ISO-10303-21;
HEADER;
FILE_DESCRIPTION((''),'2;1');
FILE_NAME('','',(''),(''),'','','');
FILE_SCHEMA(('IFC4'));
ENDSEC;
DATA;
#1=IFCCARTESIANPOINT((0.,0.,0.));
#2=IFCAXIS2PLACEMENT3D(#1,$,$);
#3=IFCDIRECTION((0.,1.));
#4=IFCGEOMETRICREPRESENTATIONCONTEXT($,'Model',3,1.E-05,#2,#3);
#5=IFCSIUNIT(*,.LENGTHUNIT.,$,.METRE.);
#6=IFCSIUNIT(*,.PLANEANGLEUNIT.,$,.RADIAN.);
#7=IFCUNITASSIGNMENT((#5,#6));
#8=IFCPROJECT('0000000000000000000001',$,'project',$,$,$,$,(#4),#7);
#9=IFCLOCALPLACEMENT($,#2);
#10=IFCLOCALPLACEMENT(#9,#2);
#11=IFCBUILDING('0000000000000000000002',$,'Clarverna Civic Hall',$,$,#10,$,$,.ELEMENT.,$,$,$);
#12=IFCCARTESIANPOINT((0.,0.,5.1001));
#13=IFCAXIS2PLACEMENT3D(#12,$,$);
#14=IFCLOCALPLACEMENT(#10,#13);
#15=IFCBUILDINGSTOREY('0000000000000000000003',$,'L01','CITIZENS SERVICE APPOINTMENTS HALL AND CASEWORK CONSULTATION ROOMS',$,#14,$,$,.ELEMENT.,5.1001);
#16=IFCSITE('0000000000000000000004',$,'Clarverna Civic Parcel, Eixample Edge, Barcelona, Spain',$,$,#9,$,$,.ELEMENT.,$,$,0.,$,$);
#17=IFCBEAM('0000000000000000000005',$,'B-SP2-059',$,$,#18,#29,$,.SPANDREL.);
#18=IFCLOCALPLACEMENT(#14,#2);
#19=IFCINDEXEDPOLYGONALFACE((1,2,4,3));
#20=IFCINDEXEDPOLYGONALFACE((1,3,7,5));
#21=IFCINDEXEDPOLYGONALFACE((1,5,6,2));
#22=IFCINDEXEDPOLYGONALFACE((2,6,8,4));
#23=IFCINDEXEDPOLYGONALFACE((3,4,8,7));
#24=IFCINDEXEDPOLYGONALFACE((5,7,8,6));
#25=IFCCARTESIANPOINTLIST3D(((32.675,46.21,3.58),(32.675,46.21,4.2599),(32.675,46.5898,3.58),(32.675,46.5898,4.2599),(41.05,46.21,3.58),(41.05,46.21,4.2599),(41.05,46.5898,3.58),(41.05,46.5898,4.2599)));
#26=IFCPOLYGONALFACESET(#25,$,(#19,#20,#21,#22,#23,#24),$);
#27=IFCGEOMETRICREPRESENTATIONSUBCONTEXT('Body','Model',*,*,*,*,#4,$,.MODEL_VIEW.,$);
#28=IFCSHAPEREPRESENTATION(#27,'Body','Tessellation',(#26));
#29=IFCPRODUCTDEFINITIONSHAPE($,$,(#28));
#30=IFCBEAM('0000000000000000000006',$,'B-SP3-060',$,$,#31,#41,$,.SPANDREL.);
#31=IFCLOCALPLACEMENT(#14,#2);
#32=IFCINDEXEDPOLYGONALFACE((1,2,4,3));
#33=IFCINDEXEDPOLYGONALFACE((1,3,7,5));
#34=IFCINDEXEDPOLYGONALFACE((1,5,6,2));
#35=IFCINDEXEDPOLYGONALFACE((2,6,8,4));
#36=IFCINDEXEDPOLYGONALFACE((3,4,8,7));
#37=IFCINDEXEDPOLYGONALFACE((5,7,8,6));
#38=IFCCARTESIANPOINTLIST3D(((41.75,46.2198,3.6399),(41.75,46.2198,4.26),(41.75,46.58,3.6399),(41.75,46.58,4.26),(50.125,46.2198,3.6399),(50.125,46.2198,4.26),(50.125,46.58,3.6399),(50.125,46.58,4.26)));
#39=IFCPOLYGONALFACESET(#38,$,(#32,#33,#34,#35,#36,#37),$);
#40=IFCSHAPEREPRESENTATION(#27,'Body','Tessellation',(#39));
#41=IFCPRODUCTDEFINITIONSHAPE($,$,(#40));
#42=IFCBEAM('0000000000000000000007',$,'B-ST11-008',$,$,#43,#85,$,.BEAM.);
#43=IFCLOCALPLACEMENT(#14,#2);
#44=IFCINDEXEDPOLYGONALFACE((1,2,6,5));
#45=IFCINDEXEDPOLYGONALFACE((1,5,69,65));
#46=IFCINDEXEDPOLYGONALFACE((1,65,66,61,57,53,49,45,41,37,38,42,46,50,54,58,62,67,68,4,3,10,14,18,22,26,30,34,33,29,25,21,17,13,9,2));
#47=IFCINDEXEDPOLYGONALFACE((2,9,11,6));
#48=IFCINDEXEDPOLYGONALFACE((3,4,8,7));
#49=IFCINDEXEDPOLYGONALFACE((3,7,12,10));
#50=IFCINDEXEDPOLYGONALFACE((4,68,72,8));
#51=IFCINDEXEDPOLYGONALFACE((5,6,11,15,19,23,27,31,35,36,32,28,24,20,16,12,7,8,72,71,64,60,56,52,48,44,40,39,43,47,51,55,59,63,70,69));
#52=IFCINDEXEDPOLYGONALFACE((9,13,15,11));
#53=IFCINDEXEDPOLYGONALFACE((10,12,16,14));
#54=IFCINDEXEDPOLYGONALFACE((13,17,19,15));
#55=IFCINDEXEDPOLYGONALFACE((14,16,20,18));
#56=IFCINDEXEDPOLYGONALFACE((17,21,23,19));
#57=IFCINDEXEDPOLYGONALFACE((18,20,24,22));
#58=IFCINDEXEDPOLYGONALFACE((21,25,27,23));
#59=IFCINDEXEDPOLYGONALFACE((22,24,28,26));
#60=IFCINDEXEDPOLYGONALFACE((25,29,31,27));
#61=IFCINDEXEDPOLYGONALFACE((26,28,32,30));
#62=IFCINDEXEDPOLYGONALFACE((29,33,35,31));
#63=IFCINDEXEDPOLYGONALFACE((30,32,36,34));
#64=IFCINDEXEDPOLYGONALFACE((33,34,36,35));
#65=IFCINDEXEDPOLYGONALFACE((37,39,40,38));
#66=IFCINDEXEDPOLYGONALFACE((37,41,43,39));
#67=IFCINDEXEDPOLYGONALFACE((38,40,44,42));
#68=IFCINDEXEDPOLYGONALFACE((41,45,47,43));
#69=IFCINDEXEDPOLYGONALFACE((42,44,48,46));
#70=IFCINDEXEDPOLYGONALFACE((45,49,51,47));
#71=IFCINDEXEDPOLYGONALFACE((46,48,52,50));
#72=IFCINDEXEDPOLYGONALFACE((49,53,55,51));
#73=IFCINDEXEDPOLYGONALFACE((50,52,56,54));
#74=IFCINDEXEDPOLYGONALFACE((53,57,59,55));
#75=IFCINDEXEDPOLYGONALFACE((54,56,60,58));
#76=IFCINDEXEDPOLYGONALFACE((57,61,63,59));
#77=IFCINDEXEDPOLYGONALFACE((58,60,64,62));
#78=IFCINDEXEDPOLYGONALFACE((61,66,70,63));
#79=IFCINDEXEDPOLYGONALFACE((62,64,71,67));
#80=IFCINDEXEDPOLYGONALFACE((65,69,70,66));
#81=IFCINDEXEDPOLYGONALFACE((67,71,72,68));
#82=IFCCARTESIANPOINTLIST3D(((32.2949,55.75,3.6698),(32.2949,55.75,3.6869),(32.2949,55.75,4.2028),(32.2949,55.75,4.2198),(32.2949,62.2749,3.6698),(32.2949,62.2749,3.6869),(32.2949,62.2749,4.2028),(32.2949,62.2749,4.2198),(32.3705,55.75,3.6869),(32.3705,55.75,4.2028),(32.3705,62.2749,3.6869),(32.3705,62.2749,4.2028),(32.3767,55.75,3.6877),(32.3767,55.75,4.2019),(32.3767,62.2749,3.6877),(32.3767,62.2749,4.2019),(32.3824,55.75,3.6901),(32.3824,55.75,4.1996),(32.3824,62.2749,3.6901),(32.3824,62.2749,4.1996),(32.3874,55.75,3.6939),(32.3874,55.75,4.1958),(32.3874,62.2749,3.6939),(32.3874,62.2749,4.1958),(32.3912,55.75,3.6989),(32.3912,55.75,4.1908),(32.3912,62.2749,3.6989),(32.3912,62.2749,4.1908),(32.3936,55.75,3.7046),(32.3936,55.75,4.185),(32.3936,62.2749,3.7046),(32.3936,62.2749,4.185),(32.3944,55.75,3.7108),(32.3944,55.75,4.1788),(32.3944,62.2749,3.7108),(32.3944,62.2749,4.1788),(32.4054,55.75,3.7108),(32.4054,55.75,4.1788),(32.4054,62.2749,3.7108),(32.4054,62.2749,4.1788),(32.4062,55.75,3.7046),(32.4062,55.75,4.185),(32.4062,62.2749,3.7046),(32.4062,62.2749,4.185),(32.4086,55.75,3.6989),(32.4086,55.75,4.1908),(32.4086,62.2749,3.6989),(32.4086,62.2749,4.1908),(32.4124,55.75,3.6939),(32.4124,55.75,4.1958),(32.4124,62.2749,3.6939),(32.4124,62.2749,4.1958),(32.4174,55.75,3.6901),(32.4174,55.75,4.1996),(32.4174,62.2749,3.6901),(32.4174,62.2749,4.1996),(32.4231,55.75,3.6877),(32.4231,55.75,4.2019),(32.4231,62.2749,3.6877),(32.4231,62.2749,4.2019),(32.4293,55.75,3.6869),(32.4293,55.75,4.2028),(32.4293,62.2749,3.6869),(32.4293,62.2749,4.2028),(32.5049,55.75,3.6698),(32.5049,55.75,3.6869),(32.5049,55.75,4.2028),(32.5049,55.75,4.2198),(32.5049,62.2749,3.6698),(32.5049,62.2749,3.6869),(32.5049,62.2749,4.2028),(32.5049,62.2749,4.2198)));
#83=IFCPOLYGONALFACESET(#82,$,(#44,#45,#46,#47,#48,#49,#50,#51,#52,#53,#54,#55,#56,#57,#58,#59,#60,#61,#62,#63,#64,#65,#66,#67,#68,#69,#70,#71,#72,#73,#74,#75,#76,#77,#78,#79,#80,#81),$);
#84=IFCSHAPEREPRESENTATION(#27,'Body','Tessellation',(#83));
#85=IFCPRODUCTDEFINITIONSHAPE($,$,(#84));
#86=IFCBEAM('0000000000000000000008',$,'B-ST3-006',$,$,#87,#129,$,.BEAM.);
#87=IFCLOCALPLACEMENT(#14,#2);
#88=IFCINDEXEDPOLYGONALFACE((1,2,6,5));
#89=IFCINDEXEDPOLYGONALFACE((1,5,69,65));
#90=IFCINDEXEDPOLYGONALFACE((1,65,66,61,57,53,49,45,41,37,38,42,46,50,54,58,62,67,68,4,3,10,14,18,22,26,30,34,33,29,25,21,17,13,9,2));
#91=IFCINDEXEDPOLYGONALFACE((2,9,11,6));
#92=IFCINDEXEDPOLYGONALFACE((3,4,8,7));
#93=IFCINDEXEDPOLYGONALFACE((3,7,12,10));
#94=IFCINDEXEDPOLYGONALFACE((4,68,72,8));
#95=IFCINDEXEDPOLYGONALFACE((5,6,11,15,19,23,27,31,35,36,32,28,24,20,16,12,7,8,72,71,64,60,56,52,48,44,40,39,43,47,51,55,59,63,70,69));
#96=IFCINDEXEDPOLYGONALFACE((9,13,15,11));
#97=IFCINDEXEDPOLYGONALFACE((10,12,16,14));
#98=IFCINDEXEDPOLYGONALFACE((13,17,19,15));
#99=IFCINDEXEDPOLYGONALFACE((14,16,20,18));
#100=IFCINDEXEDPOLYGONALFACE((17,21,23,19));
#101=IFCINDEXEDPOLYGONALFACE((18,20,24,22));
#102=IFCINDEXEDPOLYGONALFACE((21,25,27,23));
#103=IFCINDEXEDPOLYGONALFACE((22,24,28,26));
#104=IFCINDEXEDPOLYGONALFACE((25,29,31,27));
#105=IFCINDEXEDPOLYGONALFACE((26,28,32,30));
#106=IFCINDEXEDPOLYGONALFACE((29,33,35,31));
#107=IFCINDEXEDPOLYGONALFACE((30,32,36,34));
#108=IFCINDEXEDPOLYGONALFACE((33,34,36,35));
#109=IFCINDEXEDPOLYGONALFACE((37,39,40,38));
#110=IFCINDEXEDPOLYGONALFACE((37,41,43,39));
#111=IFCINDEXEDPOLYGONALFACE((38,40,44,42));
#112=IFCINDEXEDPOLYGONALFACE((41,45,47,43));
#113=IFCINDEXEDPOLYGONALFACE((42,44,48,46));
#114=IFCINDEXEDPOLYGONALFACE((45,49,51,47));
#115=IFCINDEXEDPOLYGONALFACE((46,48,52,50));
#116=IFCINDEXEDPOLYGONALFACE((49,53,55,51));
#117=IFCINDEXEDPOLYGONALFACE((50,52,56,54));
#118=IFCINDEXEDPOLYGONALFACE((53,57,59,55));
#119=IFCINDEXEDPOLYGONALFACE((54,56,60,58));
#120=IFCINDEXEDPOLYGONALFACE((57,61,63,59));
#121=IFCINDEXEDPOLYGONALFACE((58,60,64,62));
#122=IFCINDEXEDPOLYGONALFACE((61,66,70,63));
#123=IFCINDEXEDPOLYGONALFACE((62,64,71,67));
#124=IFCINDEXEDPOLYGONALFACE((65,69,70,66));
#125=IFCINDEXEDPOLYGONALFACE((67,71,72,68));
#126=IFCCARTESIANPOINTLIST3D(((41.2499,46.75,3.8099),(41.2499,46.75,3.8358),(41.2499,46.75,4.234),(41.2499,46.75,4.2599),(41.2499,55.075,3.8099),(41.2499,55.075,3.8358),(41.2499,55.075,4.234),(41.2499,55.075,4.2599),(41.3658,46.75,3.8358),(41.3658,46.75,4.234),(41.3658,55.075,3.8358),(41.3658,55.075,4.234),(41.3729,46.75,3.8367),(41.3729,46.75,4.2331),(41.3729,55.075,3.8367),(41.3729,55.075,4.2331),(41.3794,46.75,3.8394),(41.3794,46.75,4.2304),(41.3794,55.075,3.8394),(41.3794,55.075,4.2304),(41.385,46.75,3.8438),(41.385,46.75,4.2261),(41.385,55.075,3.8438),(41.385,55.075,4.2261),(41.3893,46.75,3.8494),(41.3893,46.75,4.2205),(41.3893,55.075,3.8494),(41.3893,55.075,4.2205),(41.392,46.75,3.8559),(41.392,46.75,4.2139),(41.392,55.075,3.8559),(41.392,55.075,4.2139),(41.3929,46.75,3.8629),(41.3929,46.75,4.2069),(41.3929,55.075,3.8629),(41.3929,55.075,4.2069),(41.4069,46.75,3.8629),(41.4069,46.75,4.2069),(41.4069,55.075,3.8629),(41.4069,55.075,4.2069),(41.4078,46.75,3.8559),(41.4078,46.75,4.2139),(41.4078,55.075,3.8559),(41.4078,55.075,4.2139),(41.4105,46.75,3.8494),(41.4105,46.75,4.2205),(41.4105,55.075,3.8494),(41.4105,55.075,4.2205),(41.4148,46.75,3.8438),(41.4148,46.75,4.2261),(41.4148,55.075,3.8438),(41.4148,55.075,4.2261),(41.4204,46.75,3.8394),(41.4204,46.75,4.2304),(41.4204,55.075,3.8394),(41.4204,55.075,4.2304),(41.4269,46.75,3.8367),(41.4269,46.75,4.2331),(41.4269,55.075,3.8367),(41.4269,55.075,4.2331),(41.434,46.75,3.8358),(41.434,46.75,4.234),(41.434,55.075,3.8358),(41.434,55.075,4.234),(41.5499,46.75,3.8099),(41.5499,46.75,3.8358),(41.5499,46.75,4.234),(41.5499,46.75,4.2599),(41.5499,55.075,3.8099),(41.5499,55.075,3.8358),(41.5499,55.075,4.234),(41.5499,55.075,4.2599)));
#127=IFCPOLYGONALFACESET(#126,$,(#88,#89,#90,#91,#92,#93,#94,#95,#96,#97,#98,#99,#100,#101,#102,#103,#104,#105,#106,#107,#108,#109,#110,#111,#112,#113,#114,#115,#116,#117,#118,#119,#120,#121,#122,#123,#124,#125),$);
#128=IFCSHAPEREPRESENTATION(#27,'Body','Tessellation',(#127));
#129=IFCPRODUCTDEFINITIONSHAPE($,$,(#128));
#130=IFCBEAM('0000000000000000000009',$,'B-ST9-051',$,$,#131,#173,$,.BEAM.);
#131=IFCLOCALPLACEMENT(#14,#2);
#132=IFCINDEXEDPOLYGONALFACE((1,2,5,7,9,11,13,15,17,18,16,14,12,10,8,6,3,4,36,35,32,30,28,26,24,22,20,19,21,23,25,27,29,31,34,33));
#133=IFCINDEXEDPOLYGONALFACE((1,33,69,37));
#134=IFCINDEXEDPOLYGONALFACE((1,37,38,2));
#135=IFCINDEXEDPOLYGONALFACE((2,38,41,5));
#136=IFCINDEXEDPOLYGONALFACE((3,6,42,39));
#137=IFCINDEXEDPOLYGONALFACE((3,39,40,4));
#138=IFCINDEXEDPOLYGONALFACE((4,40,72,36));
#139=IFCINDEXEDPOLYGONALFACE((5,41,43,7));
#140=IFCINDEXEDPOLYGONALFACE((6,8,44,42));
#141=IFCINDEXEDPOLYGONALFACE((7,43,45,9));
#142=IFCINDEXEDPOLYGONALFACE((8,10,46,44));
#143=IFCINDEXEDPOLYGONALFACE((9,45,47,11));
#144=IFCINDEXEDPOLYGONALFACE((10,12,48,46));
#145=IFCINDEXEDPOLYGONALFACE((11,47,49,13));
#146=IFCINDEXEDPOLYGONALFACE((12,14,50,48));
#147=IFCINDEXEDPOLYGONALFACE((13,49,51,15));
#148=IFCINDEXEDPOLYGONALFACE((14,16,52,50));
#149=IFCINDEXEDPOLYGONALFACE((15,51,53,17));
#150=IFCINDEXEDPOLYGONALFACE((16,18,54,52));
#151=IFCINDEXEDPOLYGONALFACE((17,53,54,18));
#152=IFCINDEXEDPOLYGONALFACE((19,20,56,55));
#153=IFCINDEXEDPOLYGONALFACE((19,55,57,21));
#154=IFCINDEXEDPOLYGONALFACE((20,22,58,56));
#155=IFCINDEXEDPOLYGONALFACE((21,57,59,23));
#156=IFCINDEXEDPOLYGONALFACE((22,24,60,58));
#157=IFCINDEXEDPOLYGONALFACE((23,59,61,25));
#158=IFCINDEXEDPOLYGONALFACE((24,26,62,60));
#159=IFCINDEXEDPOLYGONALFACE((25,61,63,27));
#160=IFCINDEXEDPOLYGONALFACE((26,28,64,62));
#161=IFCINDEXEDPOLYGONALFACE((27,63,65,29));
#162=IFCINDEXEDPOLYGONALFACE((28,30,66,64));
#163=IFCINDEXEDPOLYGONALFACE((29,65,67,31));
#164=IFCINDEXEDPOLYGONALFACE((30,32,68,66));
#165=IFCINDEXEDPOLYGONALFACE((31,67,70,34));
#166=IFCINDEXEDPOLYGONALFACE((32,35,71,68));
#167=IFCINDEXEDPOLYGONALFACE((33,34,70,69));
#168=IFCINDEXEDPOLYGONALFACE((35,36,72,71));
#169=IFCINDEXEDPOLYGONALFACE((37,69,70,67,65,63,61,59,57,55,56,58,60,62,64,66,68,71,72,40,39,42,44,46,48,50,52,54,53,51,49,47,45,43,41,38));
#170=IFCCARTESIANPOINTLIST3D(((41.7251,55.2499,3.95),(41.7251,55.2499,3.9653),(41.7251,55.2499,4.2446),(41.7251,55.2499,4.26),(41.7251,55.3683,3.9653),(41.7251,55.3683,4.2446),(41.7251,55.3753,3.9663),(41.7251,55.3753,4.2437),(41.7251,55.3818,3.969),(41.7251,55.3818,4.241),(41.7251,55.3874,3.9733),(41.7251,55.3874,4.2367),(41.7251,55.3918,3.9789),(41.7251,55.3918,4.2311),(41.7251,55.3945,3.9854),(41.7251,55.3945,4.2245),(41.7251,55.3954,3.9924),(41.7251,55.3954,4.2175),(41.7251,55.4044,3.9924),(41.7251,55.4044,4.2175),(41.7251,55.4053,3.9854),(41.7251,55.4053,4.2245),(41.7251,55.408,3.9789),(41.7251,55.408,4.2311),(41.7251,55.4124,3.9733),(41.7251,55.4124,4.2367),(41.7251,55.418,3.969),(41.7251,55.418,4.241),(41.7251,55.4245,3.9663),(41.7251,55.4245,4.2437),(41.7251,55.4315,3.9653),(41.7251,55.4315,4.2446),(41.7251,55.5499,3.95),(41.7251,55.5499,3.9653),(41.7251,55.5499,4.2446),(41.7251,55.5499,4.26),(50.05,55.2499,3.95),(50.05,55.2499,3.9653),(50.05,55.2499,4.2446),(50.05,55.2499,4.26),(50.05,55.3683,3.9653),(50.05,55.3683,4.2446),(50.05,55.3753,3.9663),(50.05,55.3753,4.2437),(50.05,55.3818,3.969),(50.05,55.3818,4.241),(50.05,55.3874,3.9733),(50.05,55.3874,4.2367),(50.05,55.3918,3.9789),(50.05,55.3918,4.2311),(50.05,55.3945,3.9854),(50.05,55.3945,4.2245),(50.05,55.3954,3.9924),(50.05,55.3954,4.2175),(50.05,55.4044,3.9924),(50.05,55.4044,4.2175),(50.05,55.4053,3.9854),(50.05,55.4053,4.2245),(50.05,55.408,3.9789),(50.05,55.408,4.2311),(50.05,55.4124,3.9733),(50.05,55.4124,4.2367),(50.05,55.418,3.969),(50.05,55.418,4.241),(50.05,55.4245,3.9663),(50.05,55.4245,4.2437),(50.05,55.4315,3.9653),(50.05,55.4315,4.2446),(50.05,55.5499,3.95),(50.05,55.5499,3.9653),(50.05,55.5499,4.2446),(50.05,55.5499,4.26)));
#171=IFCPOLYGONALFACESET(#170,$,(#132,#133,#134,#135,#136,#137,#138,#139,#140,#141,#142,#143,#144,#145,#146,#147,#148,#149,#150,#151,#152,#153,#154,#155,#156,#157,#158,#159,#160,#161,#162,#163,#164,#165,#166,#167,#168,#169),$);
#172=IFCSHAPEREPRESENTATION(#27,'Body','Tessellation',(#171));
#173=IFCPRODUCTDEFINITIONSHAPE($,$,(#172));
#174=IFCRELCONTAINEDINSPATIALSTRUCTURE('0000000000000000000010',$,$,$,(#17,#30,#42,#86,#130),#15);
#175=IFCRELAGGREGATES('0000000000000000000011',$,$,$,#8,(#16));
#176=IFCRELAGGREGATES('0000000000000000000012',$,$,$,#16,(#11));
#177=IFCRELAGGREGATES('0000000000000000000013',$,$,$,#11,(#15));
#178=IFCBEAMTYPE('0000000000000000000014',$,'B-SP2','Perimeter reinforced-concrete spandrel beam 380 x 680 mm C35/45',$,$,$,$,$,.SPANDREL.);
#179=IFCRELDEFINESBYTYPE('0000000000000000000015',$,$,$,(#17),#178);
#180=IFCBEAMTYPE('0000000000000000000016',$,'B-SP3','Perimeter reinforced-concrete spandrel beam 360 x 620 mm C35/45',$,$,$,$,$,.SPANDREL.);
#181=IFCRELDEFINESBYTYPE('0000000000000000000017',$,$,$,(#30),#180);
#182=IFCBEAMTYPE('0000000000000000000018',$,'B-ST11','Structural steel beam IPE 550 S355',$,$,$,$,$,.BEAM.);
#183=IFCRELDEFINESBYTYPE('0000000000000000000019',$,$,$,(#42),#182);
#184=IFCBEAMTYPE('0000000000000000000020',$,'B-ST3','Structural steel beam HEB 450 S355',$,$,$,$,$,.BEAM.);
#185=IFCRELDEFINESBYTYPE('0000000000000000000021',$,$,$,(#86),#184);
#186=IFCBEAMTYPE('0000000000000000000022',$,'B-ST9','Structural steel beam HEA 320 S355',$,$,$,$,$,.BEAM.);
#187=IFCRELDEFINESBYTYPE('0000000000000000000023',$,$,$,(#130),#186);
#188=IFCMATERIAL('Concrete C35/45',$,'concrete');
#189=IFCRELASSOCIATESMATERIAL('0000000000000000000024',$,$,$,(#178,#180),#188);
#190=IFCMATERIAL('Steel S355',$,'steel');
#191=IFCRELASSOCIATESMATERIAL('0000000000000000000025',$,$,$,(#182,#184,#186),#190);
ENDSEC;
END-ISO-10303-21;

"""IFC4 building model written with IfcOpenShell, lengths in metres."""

from ifc_helpers import new_model, si_unit, direction, frame, origin, origin_2d, place, context, subcontext, project, spatial, rectangle, i_section, extrude, material, material_profile, profile_set, type_object, element, save


model = new_model("IFC4")

# Units and contexts
model_context = context("Model", 3, precision=1e-05, world=origin(), true_north=direction((0.0, 1.0)))
body_context = subcontext(model_context, "Body", "Model", "MODEL_VIEW")
ifc_project = project(units=[si_unit("LENGTHUNIT", "METRE"), si_unit("PLANEANGLEUNIT", "RADIAN")], contexts=[model_context])

# Site, building, storey
site_placement = place(None, origin())
site = spatial("IfcSite", under=ifc_project, at=site_placement, Name="Clarverna Civic Parcel, Eixample Edge, Barcelona, Spain", CompositionType="ELEMENT", RefElevation=0.0)
building_placement = place(site_placement, origin())
building = spatial("IfcBuilding", under=site, at=building_placement, Name="Clarverna Civic Hall", CompositionType="ELEMENT")
storey_placement = place(building_placement, frame((0.0, 0.0, 5.1001)))
storey = spatial("IfcBuildingStorey", under=building, at=storey_placement, Name="L01", Description="CITIZENS SERVICE APPOINTMENTS HALL AND CASEWORK CONSULTATION ROOMS", CompositionType="ELEMENT", Elevation=5.1001)

# Shared definitions
ifc_material_1 = material(Name="Concrete C35/45", Category="concrete")

# Beams
ifc_material_profile_1 = material_profile(ifc_material_1, rectangle(XDim=0.3799, YDim=0.6799, at=origin_2d()), Name="RC 380x680")
ifc_profile_set_1 = profile_set([ifc_material_profile_1], Name="Concrete C35/45")
beam_type_1 = type_object("IfcBeamType", Name="B-SP2", Description="Perimeter reinforced-concrete spandrel beam 380 x 680 mm C35/45", PredefinedType="SPANDREL", material=ifc_profile_set_1)
beam_1_placement = place(storey_placement, frame((32.675, 46.3999, 3.9199), z_axis=(1.0, 0.0, 0.0), x_axis=(0.0, 1.0, 0.0)))
element("IfcBeam", 1, at=beam_1_placement, inside=storey, type_object=beam_type_1, Name="B-SP2-059", PredefinedType="SPANDREL", context=body_context, shape_type="SweptSolid", body=[
    extrude(rectangle(XDim=0.3799, YDim=0.6799, at=origin_2d()), origin(), (0.0, 0.0, 1.0), 8.375),
])
ifc_material_profile_2 = material_profile(ifc_material_1, rectangle(XDim=0.3601, YDim=0.6201, at=origin_2d()), Name="RC 360x620")
ifc_profile_set_2 = profile_set([ifc_material_profile_2], Name="Concrete C35/45")
beam_type_2 = type_object("IfcBeamType", Name="B-SP3", Description="Perimeter reinforced-concrete spandrel beam 360 x 620 mm C35/45", PredefinedType="SPANDREL", material=ifc_profile_set_2)
beam_2_placement = place(storey_placement, frame((41.75, 46.3999, 3.95), z_axis=(1.0, 0.0, 0.0), x_axis=(0.0, 1.0, 0.0)))
element("IfcBeam", 2, at=beam_2_placement, inside=storey, type_object=beam_type_2, Name="B-SP3-060", PredefinedType="SPANDREL", context=body_context, shape_type="SweptSolid", body=[
    extrude(rectangle(XDim=0.3601, YDim=0.6201, at=origin_2d()), origin(), (0.0, 0.0, 1.0), 8.375),
])
ifc_material_2 = material(Name="Steel S355", Category="steel")
ifc_material_profile_3 = material_profile(ifc_material_2, i_section(OverallWidth=0.21, OverallDepth=0.55, WebThickness=0.011, FlangeThickness=0.0171, FilletRadius=0.0239, at=origin_2d()), Name="IPE 550")
ifc_profile_set_3 = profile_set([ifc_material_profile_3], Name="Steel S355")
beam_type_3 = type_object("IfcBeamType", Name="B-ST11", Description="Structural steel beam IPE 550 S355", PredefinedType="BEAM", material=ifc_profile_set_3)
beam_3_placement = place(storey_placement, frame((32.3999, 55.75, 3.9448), z_axis=(0.0, 1.0, 0.0), x_axis=(-1.0, 0.0, 0.0)))
element("IfcBeam", 3, at=beam_3_placement, inside=storey, type_object=beam_type_3, Name="B-ST11-008", PredefinedType="BEAM", context=body_context, shape_type="SweptSolid", body=[
    extrude(i_section(OverallWidth=0.21, OverallDepth=0.55, WebThickness=0.011, FlangeThickness=0.0171, FilletRadius=0.0239, at=origin_2d()), origin(), (0.0, 0.0, 1.0), 6.5249),
])
ifc_material_profile_4 = material_profile(ifc_material_2, i_section(OverallWidth=0.3, OverallDepth=0.45, WebThickness=0.0139, FlangeThickness=0.0259, FilletRadius=0.0271, at=origin_2d()), Name="HEB 450")
ifc_profile_set_4 = profile_set([ifc_material_profile_4], Name="Steel S355")
beam_type_4 = type_object("IfcBeamType", Name="B-ST3", Description="Structural steel beam HEB 450 S355", PredefinedType="BEAM", material=ifc_profile_set_4)
beam_4_placement = place(storey_placement, frame((41.3999, 46.75, 4.0349), z_axis=(0.0, 1.0, 0.0), x_axis=(-1.0, 0.0, 0.0)))
element("IfcBeam", 4, at=beam_4_placement, inside=storey, type_object=beam_type_4, Name="B-ST3-006", PredefinedType="BEAM", context=body_context, shape_type="SweptSolid", body=[
    extrude(i_section(OverallWidth=0.3, OverallDepth=0.45, WebThickness=0.0139, FlangeThickness=0.0259, FilletRadius=0.0271, at=origin_2d()), origin(), (0.0, 0.0, 1.0), 8.325),
])
ifc_material_profile_5 = material_profile(ifc_material_2, i_section(OverallWidth=0.3, OverallDepth=0.3101, WebThickness=0.009, FlangeThickness=0.0154, FilletRadius=0.0271, at=origin_2d()), Name="HEA 320")
ifc_profile_set_5 = profile_set([ifc_material_profile_5], Name="Steel S355")
beam_type_5 = type_object("IfcBeamType", Name="B-ST9", Description="Structural steel beam HEA 320 S355", PredefinedType="BEAM", material=ifc_profile_set_5)
beam_5_placement = place(storey_placement, frame((41.7251, 55.3999, 4.105), z_axis=(1.0, 0.0, 0.0), x_axis=(0.0, 1.0, 0.0)))
element("IfcBeam", 5, at=beam_5_placement, inside=storey, type_object=beam_type_5, Name="B-ST9-051", PredefinedType="BEAM", context=body_context, shape_type="SweptSolid", body=[
    extrude(i_section(OverallWidth=0.3, OverallDepth=0.3101, WebThickness=0.009, FlangeThickness=0.0154, FilletRadius=0.0271, at=origin_2d()), origin(), (0.0, 0.0, 1.0), 8.325),
])

save(model, "model.ifc")
